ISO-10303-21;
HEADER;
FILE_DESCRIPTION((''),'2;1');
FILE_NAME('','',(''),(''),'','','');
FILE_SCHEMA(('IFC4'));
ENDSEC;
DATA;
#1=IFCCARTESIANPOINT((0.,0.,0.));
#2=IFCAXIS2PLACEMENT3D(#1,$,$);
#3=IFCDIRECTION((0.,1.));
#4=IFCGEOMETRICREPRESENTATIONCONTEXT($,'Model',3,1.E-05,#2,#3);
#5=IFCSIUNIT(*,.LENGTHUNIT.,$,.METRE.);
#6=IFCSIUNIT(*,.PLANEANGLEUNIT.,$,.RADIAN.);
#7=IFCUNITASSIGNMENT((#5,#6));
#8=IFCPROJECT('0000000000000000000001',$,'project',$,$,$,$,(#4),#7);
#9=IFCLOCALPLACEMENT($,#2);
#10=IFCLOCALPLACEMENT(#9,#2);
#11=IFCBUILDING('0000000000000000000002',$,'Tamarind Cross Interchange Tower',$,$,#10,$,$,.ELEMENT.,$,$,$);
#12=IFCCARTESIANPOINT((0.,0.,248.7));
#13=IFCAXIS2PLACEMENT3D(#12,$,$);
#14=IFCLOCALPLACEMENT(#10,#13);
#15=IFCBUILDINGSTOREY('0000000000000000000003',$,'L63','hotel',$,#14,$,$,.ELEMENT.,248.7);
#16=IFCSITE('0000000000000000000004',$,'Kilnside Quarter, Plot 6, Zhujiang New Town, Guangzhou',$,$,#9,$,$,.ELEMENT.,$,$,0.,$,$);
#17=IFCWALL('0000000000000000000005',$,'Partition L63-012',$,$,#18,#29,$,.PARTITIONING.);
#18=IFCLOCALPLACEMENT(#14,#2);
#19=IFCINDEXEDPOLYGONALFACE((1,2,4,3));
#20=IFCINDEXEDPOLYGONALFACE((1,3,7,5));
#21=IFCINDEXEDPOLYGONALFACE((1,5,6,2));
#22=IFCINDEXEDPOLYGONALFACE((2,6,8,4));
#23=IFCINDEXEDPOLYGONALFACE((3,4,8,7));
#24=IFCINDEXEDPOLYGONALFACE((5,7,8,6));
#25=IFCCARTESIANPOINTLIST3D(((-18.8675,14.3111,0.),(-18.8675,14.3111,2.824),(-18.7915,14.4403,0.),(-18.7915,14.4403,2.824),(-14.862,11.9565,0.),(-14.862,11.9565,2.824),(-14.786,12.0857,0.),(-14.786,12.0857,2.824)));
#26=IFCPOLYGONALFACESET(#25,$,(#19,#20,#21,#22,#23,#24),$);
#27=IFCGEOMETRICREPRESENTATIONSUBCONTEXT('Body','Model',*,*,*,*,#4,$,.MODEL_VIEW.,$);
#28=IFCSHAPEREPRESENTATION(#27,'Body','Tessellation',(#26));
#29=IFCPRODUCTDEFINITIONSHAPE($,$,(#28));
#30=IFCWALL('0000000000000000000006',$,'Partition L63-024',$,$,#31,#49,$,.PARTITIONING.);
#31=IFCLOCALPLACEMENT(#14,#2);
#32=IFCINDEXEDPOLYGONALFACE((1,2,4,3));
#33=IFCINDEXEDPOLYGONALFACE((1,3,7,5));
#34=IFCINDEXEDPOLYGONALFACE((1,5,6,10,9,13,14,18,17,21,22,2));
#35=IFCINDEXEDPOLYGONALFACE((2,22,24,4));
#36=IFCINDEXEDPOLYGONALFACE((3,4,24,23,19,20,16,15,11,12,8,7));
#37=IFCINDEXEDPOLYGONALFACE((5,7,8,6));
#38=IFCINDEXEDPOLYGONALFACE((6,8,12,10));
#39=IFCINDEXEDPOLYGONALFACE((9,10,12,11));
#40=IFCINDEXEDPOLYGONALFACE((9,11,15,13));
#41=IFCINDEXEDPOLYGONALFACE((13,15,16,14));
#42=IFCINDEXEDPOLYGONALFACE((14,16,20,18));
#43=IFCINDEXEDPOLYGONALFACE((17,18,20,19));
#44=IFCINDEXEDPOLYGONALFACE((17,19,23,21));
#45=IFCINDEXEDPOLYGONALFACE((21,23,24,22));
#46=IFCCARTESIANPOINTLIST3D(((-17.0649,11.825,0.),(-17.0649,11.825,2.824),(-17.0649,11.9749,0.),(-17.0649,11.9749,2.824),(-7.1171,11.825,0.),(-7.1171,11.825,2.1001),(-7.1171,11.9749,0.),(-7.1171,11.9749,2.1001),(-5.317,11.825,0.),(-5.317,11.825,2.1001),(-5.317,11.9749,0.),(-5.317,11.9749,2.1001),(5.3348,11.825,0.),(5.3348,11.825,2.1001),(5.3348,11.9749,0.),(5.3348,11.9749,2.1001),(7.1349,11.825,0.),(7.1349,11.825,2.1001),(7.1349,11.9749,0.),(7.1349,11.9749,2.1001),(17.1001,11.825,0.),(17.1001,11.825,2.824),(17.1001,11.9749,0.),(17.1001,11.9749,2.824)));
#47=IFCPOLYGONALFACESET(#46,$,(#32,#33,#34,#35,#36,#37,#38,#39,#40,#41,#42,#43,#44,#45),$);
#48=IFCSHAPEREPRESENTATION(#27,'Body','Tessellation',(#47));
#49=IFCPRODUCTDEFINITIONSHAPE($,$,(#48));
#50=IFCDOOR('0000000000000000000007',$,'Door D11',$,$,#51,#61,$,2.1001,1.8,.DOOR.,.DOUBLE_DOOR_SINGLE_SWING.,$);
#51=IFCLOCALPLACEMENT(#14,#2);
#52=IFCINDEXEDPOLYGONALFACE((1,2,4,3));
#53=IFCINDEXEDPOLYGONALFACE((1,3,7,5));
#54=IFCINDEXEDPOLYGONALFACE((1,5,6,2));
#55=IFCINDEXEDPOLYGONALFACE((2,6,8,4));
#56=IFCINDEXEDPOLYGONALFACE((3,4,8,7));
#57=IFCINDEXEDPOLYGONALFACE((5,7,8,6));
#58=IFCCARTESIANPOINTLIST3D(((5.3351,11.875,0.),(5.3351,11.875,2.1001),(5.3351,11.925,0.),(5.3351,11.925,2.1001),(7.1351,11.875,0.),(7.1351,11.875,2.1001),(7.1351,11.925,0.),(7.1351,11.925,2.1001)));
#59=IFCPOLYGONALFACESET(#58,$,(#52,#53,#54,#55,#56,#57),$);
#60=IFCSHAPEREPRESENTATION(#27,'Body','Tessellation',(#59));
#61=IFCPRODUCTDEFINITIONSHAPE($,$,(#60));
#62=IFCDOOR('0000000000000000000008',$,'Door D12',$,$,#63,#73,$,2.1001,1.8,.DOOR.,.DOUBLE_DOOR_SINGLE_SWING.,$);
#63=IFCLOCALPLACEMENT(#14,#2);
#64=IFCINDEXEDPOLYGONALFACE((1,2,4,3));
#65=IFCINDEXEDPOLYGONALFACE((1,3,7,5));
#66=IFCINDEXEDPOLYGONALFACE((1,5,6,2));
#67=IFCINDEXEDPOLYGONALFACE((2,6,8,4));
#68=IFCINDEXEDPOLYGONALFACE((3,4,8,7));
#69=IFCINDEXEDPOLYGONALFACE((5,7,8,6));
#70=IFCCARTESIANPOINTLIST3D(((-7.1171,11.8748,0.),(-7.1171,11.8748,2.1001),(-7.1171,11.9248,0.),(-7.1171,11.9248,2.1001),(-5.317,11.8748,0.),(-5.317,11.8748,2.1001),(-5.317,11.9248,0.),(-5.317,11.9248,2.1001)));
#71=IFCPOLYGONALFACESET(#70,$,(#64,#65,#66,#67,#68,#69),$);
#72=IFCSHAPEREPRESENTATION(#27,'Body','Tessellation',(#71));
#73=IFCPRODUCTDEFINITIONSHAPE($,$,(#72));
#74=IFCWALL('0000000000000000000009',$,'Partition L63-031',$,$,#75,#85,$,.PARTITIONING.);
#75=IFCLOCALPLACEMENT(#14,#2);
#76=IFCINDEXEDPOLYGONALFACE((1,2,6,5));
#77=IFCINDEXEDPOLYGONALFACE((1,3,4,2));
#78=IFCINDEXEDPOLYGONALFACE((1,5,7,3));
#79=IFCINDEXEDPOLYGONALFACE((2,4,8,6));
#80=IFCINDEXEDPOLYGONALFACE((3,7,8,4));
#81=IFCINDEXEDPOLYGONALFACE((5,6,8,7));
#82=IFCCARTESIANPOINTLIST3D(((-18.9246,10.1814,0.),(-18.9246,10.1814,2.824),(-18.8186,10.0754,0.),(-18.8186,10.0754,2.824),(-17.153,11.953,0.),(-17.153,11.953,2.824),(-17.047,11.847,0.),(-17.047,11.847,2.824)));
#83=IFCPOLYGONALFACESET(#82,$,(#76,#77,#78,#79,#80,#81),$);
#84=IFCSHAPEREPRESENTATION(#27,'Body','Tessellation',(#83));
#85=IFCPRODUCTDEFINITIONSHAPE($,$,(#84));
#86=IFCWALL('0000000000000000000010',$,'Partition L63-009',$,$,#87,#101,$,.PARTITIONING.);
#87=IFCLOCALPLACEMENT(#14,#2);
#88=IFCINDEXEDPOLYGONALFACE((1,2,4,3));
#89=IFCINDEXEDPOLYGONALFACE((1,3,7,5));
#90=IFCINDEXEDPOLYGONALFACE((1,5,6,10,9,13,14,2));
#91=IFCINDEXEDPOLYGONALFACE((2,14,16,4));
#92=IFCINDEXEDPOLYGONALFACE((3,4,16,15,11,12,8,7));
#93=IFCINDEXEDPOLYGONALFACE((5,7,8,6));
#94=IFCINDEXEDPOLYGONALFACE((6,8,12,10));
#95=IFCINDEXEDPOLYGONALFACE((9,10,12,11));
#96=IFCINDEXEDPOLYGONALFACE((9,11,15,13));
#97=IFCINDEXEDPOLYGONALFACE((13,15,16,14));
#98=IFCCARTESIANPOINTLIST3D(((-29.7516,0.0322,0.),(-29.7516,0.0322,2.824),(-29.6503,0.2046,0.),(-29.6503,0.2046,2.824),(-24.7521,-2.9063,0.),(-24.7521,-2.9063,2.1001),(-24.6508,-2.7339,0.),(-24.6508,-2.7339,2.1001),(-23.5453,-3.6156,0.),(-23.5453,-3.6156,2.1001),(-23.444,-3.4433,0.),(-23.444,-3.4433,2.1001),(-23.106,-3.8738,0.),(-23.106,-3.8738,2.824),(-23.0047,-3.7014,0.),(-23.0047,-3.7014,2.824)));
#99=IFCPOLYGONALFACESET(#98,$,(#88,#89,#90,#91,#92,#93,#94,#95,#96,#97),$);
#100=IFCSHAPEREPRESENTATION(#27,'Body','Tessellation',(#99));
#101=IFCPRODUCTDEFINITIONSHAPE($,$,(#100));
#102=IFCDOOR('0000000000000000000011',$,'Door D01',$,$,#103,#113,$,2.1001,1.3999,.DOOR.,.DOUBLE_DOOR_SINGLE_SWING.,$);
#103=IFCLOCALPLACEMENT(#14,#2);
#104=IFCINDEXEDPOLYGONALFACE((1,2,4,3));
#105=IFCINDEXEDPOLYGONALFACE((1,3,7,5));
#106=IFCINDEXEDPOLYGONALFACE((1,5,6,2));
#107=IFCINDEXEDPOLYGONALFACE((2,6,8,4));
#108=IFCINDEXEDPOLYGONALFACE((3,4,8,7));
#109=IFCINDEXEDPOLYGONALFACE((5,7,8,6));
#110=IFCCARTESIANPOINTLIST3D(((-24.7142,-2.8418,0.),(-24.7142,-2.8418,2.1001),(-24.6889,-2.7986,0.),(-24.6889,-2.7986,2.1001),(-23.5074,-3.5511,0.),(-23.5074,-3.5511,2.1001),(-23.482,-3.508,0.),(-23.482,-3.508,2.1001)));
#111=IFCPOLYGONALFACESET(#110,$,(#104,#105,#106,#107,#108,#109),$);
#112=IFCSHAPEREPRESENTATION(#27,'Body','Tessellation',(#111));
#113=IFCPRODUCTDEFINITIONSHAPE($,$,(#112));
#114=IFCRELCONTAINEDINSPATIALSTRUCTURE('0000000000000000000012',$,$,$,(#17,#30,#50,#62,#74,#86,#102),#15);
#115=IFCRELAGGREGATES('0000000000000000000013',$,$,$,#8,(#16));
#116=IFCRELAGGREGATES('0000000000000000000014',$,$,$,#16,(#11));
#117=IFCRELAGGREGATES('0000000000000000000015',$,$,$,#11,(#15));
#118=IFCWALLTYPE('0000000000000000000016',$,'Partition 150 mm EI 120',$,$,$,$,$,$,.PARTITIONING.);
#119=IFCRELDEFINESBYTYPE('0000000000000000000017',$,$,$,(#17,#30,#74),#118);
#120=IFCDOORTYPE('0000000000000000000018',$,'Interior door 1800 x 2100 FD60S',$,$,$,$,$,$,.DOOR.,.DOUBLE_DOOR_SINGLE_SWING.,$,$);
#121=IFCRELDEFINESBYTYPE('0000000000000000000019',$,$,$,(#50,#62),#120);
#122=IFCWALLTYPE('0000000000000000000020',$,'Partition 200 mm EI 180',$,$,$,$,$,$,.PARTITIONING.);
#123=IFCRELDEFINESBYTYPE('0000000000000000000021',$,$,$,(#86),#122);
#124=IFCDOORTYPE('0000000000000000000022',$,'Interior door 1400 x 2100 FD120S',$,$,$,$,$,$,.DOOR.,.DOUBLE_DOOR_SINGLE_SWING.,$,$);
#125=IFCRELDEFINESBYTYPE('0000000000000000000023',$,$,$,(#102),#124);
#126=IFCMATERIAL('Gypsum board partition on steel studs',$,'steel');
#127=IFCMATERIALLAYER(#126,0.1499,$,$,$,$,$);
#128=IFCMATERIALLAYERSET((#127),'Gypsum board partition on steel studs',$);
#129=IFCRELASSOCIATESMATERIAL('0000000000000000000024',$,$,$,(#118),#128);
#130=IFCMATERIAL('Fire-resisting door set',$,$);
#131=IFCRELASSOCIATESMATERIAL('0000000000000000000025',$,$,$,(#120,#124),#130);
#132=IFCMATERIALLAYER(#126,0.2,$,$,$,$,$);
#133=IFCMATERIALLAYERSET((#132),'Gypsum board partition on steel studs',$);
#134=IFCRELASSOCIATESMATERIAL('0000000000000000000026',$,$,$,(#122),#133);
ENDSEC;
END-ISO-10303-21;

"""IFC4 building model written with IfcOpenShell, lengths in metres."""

from ifc_helpers import new_model, si_unit, direction, frame, frame_2d, origin, place, context, subcontext, project, spatial, rectangle, extrude, material, layer, layer_set, type_object, element, fill, save


model = new_model("IFC4")

# Units and contexts
model_context = context("Model", 3, precision=1e-05, world=origin(), true_north=direction((0.0, 1.0)))
body_context = subcontext(model_context, "Body", "Model", "MODEL_VIEW")
ifc_project = project(units=[si_unit("LENGTHUNIT", "METRE"), si_unit("PLANEANGLEUNIT", "RADIAN")], contexts=[model_context])

# Site, building, storey
site_placement = place(None, origin())
site = spatial("IfcSite", under=ifc_project, at=site_placement, Name="Kilnside Quarter, Plot 6, Zhujiang New Town, Guangzhou", CompositionType="ELEMENT", RefElevation=0.0)
building_placement = place(site_placement, origin())
building = spatial("IfcBuilding", under=site, at=building_placement, Name="Tamarind Cross Interchange Tower", CompositionType="ELEMENT")
storey_placement = place(building_placement, frame((0.0, 0.0, 248.7)))
storey = spatial("IfcBuildingStorey", under=building, at=storey_placement, Name="L63", Description="hotel", CompositionType="ELEMENT", Elevation=248.7)

# Wall
ifc_material_1 = material(Name="Gypsum board partition on steel studs", Category="steel")
ifc_layer_1 = layer(ifc_material_1, 0.1499)
ifc_layer_set_1 = layer_set([ifc_layer_1], Name="Gypsum board partition on steel studs")
wall_type_1 = type_object("IfcWallType", Name="Partition 150 mm EI 120", PredefinedType="PARTITIONING", material=ifc_layer_set_1)
wall_1_placement = place(storey_placement, frame((-18.8296, 14.3757, 0.0), z_axis=(0.0, 0.0, 1.0), x_axis=(0.862085, -0.506763, 0.0)))
element("IfcWall", 1, at=wall_1_placement, inside=storey, type_object=wall_type_1, Name="Partition L63-012", PredefinedType="PARTITIONING", context=body_context, shape_type="SweptSolid", body=[
    extrude(rectangle(XDim=4.6462, YDim=0.1499, at=frame_2d((2.3232, 0.0))), origin(), (0.0, 0.0, 1.0), 2.824),
])

# Wall, openings, doors
wall_2_placement = place(storey_placement, frame((-17.0649, 11.8999, 0.0), z_axis=(0.0, 0.0, 1.0), x_axis=(1.0, 0.0, 0.0)))
wall_2 = element("IfcWall", 2, at=wall_2_placement, inside=storey, type_object=wall_type_1, Name="Partition L63-024", PredefinedType="PARTITIONING", context=body_context, shape_type="SweptSolid", body=[
    extrude(rectangle(XDim=34.165, YDim=0.1499, at=frame_2d((17.0825, 0.0))), origin(), (0.0, 0.0, 1.0), 2.824),
])
opening_1_placement = place(wall_2_placement, frame((22.3999, 0.0, 0.0)))
opening_1 = element("IfcOpeningElement", 3, at=opening_1_placement, cuts=wall_2, PredefinedType="OPENING", context=body_context, shape_type="SweptSolid", body=[
    extrude(rectangle(XDim=1.8, YDim=2.1001, at=frame_2d((0.8999, 1.05))), frame((0.0, 0.085, 0.0), z_axis=(0.0, -1.0, 0.0), x_axis=(1.0, 0.0, 0.0)), (0.0, 0.0, 1.0), 0.1699),
])
opening_2_placement = place(wall_2_placement, frame((9.948, 0.0, 0.0)))
opening_2 = element("IfcOpeningElement", 4, at=opening_2_placement, cuts=wall_2, PredefinedType="OPENING", context=body_context, shape_type="SweptSolid", body=[
    extrude(rectangle(XDim=1.8, YDim=2.1001, at=frame_2d((0.8999, 1.05))), frame((0.0, 0.085, 0.0), z_axis=(0.0, -1.0, 0.0), x_axis=(1.0, 0.0, 0.0)), (0.0, 0.0, 1.0), 0.1699),
])
ifc_material_2 = material(Name="Fire-resisting door set")
door_type_1 = type_object("IfcDoorType", Name="Interior door 1800 x 2100 FD60S", OperationType="DOUBLE_DOOR_SINGLE_SWING", PredefinedType="DOOR", material=ifc_material_2)
door_1_placement = place(opening_1_placement, frame((1.8, 0.0, 0.0), z_axis=(0.0, 0.0, 1.0), x_axis=(-1.0, 0.0, 0.0)))
door_1 = element("IfcDoor", 5, at=door_1_placement, inside=storey, type_object=door_type_1, Name="Door D11", OperationType="DOUBLE_DOOR_SINGLE_SWING", OverallHeight=2.1001, OverallWidth=1.8, PredefinedType="DOOR", context=body_context, shape_type="SweptSolid", body=[
    extrude(rectangle(XDim=1.8, YDim=2.1001, at=frame_2d((0.8999, 1.05))), frame((0.0, 0.0249, 0.0), z_axis=(0.0, -1.0, 0.0), x_axis=(1.0, 0.0, 0.0)), (0.0, 0.0, 1.0), 0.05),
])
fill(opening_1, door_1)
door_2_placement = place(opening_2_placement, origin())
door_2 = element("IfcDoor", 6, at=door_2_placement, inside=storey, type_object=door_type_1, Name="Door D12", OperationType="DOUBLE_DOOR_SINGLE_SWING", OverallHeight=2.1001, OverallWidth=1.8, PredefinedType="DOOR", context=body_context, shape_type="SweptSolid", body=[
    extrude(rectangle(XDim=1.8, YDim=2.1001, at=frame_2d((0.8999, 1.05))), frame((0.0, 0.0249, 0.0), z_axis=(0.0, -1.0, 0.0), x_axis=(1.0, 0.0, 0.0)), (0.0, 0.0, 1.0), 0.05),
])
fill(opening_2, door_2)

# Wall
wall_3_placement = place(storey_placement, frame((-18.8716, 10.1284, 0.0), z_axis=(0.0, 0.0, 1.0), x_axis=(0.707107, 0.707107, 0.0)))
element("IfcWall", 7, at=wall_3_placement, inside=storey, type_object=wall_type_1, Name="Partition L63-031", PredefinedType="PARTITIONING", context=body_context, shape_type="SweptSolid", body=[
    extrude(rectangle(XDim=2.5054, YDim=0.1499, at=frame_2d((1.2527, 0.0))), origin(), (0.0, 0.0, 1.0), 2.824),
])

# Wall, opening, door
ifc_layer_2 = layer(ifc_material_1, 0.2)
ifc_layer_set_2 = layer_set([ifc_layer_2], Name="Gypsum board partition on steel studs")
wall_type_2 = type_object("IfcWallType", Name="Partition 200 mm EI 180", PredefinedType="PARTITIONING", material=ifc_layer_set_2)
wall_4_placement = place(storey_placement, frame((-29.7009, 0.1184, 0.0), z_axis=(0.0, 0.0, 1.0), x_axis=(0.862111, -0.50672, 0.0)))
wall_4 = element("IfcWall", 8, at=wall_4_placement, inside=storey, type_object=wall_type_2, Name="Partition L63-009", PredefinedType="PARTITIONING", context=body_context, shape_type="SweptSolid", body=[
    extrude(rectangle(XDim=7.7085, YDim=0.2, at=frame_2d((3.8542, 0.0))), origin(), (0.0, 0.0, 1.0), 2.824),
])
opening_3_placement = place(wall_4_placement, frame((5.7991, 0.0, 0.0)))
opening_3 = element("IfcOpeningElement", 9, at=opening_3_placement, cuts=wall_4, PredefinedType="OPENING", context=body_context, shape_type="SweptSolid", body=[
    extrude(rectangle(XDim=1.3999, YDim=2.1001, at=frame_2d((0.7, 1.05))), frame((0.0, 0.1099, 0.0), z_axis=(0.0, -1.0, 0.0), x_axis=(1.0, 0.0, 0.0)), (0.0, 0.0, 1.0), 0.22),
])
door_type_2 = type_object("IfcDoorType", Name="Interior door 1400 x 2100 FD120S", OperationType="DOUBLE_DOOR_SINGLE_SWING", PredefinedType="DOOR", material=ifc_material_2)
door_3_placement = place(opening_3_placement, origin())
door_3 = element("IfcDoor", 10, at=door_3_placement, inside=storey, type_object=door_type_2, Name="Door D01", OperationType="DOUBLE_DOOR_SINGLE_SWING", OverallHeight=2.1001, OverallWidth=1.3999, PredefinedType="DOOR", context=body_context, shape_type="SweptSolid", body=[
    extrude(rectangle(XDim=1.3999, YDim=2.1001, at=frame_2d((0.7, 1.05))), frame((0.0, 0.0249, 0.0), z_axis=(0.0, -1.0, 0.0), x_axis=(1.0, 0.0, 0.0)), (0.0, 0.0, 1.0), 0.05),
])
fill(opening_3, door_3)

save(model, "model.ifc")
